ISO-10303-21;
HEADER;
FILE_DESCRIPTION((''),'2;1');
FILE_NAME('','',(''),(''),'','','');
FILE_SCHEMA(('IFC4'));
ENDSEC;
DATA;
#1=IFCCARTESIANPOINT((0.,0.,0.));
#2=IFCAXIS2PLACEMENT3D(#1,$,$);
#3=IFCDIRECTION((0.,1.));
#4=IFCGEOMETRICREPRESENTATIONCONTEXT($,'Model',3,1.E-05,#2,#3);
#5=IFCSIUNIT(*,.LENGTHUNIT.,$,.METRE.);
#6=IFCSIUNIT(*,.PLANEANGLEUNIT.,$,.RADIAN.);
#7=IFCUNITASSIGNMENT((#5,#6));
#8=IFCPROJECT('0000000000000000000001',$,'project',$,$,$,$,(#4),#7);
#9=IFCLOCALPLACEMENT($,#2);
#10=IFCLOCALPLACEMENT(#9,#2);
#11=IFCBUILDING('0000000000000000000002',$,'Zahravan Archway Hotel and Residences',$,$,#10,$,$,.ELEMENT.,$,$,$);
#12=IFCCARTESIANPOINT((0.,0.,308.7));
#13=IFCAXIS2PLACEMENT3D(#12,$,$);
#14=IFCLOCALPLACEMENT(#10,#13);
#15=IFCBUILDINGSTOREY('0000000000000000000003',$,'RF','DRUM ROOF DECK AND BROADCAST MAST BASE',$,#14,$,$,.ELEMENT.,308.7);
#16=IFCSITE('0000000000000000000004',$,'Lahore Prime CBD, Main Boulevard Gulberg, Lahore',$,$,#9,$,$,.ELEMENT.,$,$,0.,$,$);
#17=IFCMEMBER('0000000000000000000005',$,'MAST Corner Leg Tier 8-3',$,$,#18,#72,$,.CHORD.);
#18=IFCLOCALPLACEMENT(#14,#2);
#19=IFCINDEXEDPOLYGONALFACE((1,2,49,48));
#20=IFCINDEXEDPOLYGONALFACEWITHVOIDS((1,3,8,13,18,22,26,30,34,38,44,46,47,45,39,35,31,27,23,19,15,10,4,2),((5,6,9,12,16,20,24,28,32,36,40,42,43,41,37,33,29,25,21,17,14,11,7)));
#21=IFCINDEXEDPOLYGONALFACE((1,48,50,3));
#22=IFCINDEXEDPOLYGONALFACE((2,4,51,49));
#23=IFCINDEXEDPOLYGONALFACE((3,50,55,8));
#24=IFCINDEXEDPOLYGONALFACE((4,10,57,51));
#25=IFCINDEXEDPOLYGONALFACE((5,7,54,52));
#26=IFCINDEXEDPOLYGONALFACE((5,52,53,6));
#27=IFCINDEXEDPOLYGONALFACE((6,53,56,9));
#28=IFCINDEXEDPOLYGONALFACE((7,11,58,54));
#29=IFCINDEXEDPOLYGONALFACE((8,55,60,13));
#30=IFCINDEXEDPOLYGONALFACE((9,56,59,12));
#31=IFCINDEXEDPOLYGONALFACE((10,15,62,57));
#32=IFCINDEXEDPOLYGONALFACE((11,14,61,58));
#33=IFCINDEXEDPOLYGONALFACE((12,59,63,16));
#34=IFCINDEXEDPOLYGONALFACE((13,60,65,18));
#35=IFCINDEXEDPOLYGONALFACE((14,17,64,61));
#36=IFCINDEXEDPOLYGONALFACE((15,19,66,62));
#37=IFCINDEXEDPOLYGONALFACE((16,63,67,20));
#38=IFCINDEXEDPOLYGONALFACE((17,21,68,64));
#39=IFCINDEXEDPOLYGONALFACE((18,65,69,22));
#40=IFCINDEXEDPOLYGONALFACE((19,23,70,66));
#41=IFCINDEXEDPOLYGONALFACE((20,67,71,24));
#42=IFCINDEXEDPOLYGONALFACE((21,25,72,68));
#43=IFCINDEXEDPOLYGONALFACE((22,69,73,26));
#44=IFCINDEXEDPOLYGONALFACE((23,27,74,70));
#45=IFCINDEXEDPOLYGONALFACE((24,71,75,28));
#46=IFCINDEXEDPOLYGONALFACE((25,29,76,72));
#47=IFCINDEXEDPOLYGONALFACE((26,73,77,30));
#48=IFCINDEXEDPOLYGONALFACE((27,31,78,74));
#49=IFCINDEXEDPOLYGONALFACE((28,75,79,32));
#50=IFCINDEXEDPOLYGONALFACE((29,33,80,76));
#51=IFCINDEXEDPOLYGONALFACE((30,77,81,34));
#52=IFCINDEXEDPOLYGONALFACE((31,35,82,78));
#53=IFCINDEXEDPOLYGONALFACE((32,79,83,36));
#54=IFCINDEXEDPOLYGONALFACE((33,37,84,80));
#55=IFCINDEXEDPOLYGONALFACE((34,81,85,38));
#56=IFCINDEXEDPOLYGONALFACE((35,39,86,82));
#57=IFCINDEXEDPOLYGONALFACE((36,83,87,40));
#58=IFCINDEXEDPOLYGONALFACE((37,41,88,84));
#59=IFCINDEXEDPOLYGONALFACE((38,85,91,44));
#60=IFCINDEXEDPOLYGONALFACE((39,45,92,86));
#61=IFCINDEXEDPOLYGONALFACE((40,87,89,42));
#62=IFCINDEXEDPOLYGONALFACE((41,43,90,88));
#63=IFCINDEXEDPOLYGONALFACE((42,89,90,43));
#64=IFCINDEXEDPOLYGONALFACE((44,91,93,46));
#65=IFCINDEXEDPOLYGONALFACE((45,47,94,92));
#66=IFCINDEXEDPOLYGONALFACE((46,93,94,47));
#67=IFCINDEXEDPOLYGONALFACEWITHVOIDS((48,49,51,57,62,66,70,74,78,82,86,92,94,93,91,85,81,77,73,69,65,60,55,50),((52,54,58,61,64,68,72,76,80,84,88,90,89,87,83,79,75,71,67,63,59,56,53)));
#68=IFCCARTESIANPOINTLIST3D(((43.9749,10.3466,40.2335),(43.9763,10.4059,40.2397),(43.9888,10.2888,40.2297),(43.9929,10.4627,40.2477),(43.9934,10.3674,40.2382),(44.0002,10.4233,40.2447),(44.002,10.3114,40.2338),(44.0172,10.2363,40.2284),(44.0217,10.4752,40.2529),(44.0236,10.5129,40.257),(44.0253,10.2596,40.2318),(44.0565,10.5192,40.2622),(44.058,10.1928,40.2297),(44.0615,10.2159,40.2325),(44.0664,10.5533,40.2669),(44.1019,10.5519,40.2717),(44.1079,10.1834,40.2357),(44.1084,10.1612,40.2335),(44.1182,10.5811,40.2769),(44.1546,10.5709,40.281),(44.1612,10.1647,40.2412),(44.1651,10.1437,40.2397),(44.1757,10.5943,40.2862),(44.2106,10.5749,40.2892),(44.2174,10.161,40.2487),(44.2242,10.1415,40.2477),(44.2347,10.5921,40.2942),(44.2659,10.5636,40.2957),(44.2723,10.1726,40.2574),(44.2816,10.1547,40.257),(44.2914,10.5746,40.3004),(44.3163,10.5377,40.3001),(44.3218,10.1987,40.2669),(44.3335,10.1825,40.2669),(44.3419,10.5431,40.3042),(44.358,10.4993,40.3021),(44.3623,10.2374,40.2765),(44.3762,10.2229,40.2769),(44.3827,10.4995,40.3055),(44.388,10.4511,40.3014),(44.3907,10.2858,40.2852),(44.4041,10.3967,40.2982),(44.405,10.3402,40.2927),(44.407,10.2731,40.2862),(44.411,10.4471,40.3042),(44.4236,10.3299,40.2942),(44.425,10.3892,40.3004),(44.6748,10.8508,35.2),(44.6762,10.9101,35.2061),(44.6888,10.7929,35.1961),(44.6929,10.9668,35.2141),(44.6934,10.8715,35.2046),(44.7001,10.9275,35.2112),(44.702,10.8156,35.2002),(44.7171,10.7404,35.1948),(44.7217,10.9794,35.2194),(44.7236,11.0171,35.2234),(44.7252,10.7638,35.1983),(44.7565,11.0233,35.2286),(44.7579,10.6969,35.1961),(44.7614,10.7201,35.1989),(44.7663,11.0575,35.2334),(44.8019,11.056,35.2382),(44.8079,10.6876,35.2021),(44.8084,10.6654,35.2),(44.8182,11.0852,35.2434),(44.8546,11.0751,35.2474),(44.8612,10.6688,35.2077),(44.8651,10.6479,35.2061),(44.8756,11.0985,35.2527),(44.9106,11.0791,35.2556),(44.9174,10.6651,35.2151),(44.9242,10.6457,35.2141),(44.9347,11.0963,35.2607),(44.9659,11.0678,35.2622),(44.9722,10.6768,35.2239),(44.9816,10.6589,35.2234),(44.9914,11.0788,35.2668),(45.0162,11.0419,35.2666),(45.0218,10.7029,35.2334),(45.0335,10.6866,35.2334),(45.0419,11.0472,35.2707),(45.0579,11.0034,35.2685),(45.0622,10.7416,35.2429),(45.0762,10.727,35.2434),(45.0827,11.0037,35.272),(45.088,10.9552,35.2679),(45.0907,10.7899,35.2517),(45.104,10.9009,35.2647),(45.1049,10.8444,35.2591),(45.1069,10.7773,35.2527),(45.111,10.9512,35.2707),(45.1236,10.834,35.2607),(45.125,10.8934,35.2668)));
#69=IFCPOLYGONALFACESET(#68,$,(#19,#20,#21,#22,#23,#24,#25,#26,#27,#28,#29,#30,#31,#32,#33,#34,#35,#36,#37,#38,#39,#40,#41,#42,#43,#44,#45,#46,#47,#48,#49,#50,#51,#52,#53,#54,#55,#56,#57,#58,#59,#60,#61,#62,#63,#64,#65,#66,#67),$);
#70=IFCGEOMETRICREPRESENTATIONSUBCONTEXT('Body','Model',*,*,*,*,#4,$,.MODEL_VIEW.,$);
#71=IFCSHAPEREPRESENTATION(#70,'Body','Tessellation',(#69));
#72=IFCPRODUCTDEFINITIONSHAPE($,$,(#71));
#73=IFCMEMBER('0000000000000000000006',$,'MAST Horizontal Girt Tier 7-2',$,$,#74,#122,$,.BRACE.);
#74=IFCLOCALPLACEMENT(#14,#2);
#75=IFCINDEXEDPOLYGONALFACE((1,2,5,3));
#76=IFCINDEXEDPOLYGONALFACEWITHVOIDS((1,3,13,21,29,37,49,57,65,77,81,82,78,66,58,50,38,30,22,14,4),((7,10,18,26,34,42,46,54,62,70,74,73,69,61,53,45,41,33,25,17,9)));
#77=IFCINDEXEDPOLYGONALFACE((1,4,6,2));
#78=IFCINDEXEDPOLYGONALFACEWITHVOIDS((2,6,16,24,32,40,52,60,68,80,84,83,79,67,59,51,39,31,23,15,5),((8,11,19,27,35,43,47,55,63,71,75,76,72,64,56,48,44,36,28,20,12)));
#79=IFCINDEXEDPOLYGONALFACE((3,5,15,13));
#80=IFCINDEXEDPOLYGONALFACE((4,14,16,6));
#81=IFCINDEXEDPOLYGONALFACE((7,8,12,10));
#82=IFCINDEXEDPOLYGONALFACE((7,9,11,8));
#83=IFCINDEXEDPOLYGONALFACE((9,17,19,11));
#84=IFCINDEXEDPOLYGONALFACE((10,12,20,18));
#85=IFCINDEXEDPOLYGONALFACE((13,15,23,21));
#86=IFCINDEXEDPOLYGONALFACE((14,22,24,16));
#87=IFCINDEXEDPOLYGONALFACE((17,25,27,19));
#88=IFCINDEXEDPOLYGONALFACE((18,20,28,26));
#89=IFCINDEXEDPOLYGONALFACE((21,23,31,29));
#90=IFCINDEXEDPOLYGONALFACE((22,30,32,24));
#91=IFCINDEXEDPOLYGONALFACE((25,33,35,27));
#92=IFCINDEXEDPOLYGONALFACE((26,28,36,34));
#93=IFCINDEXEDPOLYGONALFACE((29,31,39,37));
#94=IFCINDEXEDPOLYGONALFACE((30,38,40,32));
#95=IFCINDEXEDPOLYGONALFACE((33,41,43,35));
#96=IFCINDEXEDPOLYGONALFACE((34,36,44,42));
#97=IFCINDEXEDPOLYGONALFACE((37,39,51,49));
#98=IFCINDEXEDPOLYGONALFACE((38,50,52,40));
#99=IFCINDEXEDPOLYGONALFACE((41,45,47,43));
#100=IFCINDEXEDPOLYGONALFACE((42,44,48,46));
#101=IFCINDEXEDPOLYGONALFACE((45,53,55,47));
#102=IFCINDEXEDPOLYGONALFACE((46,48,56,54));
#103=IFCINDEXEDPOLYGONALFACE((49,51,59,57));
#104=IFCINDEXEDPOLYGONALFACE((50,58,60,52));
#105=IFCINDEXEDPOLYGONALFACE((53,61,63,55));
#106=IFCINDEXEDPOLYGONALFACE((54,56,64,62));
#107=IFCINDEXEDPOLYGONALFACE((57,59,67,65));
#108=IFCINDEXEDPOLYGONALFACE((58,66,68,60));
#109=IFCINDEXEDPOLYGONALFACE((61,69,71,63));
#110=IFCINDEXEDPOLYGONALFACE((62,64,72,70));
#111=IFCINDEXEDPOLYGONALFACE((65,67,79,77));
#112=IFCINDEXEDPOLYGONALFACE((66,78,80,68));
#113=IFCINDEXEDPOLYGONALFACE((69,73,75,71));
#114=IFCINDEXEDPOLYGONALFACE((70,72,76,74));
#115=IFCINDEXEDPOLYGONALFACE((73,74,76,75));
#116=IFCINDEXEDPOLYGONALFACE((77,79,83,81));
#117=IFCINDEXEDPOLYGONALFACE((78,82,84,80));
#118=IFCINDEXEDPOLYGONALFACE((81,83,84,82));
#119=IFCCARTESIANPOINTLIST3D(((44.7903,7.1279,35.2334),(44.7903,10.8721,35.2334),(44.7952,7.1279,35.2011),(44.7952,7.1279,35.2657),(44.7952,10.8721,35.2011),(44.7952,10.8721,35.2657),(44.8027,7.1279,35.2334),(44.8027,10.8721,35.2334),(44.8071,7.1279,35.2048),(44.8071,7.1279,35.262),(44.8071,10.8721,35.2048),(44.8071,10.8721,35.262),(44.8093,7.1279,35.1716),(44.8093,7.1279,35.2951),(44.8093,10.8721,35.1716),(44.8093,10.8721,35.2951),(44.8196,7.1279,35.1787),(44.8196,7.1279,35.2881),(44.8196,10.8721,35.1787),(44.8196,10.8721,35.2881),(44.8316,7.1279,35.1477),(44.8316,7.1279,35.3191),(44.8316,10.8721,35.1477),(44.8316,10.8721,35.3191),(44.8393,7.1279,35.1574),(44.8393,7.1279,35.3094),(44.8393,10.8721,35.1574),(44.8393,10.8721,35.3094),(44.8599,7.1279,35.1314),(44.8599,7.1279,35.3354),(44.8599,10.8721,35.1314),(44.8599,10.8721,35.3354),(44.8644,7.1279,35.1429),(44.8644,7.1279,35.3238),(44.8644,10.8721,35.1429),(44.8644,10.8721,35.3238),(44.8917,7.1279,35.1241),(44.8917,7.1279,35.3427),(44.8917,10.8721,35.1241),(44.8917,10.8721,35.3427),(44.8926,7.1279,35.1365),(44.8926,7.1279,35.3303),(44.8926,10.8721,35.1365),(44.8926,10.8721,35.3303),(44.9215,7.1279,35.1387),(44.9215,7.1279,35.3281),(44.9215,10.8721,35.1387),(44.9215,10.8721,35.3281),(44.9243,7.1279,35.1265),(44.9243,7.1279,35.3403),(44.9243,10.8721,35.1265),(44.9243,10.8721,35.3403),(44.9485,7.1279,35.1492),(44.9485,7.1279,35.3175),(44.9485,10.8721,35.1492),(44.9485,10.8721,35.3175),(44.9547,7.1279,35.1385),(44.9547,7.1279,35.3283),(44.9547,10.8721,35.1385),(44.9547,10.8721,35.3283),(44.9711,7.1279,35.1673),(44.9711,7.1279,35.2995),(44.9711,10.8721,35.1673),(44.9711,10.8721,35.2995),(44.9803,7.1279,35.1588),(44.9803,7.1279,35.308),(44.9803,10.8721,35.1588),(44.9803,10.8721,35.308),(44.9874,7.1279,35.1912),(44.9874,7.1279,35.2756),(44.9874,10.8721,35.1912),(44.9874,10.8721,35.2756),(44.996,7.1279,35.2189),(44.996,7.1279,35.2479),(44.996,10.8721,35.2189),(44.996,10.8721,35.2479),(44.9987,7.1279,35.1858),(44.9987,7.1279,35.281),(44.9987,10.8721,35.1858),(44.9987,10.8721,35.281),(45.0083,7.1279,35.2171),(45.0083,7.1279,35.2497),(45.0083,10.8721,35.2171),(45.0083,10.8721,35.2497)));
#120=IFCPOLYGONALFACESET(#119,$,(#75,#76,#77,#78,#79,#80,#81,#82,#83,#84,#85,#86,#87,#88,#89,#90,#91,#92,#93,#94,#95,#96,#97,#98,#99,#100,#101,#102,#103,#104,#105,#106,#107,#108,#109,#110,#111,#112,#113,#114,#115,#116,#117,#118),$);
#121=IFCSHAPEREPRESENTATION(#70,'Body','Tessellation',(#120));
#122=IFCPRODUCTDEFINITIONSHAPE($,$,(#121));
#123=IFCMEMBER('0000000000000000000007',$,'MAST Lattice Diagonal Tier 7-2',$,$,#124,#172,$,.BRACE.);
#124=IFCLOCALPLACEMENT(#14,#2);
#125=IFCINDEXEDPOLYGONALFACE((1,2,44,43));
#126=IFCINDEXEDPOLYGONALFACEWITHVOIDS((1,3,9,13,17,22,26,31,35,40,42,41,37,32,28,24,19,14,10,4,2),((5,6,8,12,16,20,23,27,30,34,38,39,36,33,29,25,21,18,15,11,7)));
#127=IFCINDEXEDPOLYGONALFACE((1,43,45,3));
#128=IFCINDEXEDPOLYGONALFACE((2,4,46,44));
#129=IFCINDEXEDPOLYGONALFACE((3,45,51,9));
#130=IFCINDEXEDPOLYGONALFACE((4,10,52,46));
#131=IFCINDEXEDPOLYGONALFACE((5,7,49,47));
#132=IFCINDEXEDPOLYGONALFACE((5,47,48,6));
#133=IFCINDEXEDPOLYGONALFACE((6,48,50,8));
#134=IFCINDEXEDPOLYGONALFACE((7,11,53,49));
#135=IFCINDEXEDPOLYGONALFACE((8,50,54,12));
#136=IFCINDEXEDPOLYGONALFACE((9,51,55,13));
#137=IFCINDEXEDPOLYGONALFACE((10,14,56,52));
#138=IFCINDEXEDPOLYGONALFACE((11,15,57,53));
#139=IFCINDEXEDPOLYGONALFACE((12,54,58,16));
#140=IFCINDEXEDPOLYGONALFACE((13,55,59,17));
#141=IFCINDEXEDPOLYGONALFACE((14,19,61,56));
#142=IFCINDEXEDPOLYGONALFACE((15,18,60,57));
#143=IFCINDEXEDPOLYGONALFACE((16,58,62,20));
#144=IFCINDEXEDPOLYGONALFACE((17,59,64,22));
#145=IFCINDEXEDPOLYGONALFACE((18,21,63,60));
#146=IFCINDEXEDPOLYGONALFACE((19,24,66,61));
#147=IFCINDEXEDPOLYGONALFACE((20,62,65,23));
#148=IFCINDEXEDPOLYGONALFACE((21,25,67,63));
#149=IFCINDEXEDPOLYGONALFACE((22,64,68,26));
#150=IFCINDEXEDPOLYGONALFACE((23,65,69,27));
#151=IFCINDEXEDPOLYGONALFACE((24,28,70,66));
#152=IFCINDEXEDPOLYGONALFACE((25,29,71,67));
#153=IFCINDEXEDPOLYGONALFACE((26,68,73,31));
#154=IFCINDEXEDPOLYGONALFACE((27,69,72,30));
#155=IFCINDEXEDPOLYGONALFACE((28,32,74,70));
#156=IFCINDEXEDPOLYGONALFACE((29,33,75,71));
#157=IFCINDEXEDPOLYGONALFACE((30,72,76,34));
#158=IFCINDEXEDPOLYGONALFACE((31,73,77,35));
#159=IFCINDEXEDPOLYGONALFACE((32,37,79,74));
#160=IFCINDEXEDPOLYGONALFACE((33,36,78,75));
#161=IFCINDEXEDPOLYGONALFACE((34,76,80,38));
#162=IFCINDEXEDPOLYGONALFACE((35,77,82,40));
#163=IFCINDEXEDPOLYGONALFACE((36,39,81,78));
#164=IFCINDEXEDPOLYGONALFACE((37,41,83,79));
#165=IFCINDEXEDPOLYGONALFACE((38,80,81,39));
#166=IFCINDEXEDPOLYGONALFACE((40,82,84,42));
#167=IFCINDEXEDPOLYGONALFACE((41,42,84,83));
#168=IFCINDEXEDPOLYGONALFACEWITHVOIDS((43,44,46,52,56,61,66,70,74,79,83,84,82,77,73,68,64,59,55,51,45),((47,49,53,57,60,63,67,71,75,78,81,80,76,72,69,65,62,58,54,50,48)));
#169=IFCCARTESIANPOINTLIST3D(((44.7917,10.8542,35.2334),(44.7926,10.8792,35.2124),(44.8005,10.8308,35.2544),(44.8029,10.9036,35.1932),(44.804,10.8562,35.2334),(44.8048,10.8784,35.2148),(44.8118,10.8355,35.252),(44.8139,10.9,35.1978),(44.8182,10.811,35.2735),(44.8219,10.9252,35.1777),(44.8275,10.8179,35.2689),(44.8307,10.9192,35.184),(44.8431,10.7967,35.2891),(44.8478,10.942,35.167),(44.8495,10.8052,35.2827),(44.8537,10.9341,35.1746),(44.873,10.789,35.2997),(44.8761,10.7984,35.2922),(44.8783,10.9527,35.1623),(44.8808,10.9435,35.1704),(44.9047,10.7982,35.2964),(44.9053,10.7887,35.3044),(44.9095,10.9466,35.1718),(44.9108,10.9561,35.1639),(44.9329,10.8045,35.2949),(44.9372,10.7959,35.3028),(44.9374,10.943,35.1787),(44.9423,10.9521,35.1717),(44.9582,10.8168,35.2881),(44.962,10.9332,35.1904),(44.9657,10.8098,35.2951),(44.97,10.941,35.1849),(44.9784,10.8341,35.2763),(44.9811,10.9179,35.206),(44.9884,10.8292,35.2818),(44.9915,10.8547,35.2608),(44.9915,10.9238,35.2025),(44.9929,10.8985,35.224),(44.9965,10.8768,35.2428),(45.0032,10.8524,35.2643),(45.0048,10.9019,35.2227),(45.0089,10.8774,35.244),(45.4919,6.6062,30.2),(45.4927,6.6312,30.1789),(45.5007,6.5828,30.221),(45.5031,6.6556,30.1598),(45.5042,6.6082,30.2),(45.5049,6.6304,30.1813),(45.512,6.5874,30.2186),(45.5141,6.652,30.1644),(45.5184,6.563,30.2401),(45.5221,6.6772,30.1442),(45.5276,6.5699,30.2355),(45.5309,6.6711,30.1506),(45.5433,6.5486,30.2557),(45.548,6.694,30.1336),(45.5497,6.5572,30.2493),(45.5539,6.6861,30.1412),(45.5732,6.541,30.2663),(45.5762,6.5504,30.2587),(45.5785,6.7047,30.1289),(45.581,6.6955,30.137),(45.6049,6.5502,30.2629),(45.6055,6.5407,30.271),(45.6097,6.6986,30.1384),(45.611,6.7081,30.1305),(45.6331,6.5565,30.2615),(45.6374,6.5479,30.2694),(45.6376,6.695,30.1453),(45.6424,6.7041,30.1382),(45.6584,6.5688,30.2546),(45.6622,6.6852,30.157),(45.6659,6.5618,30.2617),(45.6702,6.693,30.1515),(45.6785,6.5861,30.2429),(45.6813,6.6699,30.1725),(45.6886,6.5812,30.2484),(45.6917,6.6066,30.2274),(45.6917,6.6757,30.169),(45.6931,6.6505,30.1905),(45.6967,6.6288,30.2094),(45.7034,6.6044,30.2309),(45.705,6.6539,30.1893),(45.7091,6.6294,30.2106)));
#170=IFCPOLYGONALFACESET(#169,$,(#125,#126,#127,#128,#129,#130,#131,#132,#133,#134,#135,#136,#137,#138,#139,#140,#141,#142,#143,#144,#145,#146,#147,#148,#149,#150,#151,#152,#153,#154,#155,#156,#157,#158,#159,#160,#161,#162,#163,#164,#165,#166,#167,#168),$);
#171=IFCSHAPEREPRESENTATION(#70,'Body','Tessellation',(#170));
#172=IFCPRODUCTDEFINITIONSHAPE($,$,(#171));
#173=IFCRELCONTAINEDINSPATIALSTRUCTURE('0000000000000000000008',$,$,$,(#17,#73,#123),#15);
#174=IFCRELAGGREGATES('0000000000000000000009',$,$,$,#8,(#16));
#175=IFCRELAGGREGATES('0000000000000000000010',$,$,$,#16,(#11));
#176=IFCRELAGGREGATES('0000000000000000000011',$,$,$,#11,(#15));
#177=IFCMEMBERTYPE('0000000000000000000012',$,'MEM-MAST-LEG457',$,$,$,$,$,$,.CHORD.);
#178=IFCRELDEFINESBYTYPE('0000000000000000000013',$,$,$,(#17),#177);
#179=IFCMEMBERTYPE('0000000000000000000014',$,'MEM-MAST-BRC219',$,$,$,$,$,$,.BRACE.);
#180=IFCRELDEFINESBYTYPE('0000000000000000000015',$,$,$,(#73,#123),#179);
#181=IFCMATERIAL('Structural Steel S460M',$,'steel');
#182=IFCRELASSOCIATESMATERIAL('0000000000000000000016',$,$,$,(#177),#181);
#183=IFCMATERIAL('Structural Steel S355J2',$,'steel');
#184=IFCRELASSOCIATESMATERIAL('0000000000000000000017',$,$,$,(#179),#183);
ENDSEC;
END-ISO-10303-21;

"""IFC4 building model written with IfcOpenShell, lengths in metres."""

from ifc_helpers import new_model, si_unit, direction, frame, origin, origin_2d, place, context, subcontext, project, spatial, hollow_circle, extrude, source, transform, mapped, material, material_profile, profile_set, type_object, element, save


model = new_model("IFC4")

# Units and contexts
model_context = context("Model", 3, precision=1e-05, world=origin(), true_north=direction((0.0, 1.0)))
body_context = subcontext(model_context, "Body", "Model", "MODEL_VIEW")
ifc_project = project(units=[si_unit("LENGTHUNIT", "METRE"), si_unit("PLANEANGLEUNIT", "RADIAN")], contexts=[model_context])

# Site, building, storey
site_placement = place(None, origin())
site = spatial("IfcSite", under=ifc_project, at=site_placement, Name="Lahore Prime CBD, Main Boulevard Gulberg, Lahore", CompositionType="ELEMENT", RefElevation=0.0)
building_placement = place(site_placement, origin())
building = spatial("IfcBuilding", under=site, at=building_placement, Name="Zahravan Archway Hotel and Residences", CompositionType="ELEMENT")
storey_placement = place(building_placement, frame((0.0, 0.0, 308.7)))
storey = spatial("IfcBuildingStorey", under=building, at=storey_placement, Name="RF", Description="DRUM ROOF DECK AND BROADCAST MAST BASE", CompositionType="ELEMENT", Elevation=308.7)

# Members
ifc_material_1 = material(Name="Structural Steel S460M", Category="steel")
ifc_material_profile_1 = material_profile(ifc_material_1, hollow_circle(Radius=0.2285, WallThickness=0.02, at=origin_2d()), Name="CHS 457x20", Category="steel")
ifc_profile_set_1 = profile_set([ifc_material_profile_1], Name="Structural Steel S460M")
member_type_1 = type_object("IfcMemberType", Name="MEM-MAST-LEG457", PredefinedType="CHORD", material=ifc_profile_set_1)
ifc_material_2 = material(Name="Structural Steel S355J2", Category="steel")
ifc_material_profile_2 = material_profile(ifc_material_2, hollow_circle(Radius=0.1096, WallThickness=0.0125, at=origin_2d()), Name="CHS 219.1x12.5", Category="steel")
ifc_profile_set_2 = profile_set([ifc_material_profile_2], Name="Structural Steel S355J2")
member_type_2 = type_object("IfcMemberType", Name="MEM-MAST-BRC219", PredefinedType="BRACE", material=ifc_profile_set_2)
shared_shape_1 = source(origin(), body_context, "Body", "SweptSolid", [
    extrude(hollow_circle(Radius=0.2285, WallThickness=0.02, at=origin_2d()), origin(), (0.0, 0.0, 1.0), 5.1069),
])
for number, where, z_axis, x_axis, name in (
    (1, (44.8999, 10.8721, 35.2334), (-0.137062, -0.098721, 0.985631), (0.584446, -0.811432, 0.0), "MAST Corner Leg Tier 8-3"),
):
    element("IfcMember", number, at=place(storey_placement, frame(where, z_axis=z_axis, x_axis=x_axis)), inside=storey, type_object=member_type_1, Name=name, PredefinedType="CHORD", context=body_context, shape_type="MappedRepresentation", body=[
        mapped(shared_shape_1, transform((0.0, 0.0, 0.0), scale=1.0)),
    ])
shared_shape_2 = source(origin(), body_context, "Body", "SweptSolid", [
    extrude(hollow_circle(Radius=0.1096, WallThickness=0.0125, at=origin_2d()), origin(), (0.0, 0.0, 1.0), 3.7441),
])
member_1_placement = place(storey_placement, frame((44.8999, 7.1279, 35.2334), z_axis=(0.0, 1.0, 0.0), x_axis=(-1.0, 0.0, 0.0)))
element("IfcMember", 2, at=member_1_placement, inside=storey, type_object=member_type_2, Name="MAST Horizontal Girt Tier 7-2", PredefinedType="BRACE", context=body_context, shape_type="MappedRepresentation", body=[
    mapped(shared_shape_2, transform((0.0, 0.0, 0.0), scale=1.0)),
])
shared_shape_3 = source(origin(), body_context, "Body", "SweptSolid", [
    extrude(hollow_circle(Radius=0.1096, WallThickness=0.0125, at=origin_2d()), origin(), (0.0, 0.0, 1.0), 6.6235),
])
member_2_placement = place(storey_placement, frame((45.6001, 6.624, 30.2), z_axis=(-0.105713, 0.641352, 0.759929), x_axis=(-0.986687, -0.162633, 0.0)))
element("IfcMember", 3, at=member_2_placement, inside=storey, type_object=member_type_2, Name="MAST Lattice Diagonal Tier 7-2", PredefinedType="BRACE", context=body_context, shape_type="MappedRepresentation", body=[
    mapped(shared_shape_3, transform((0.0, 0.0, 0.0), scale=1.0)),
])

save(model, "model.ifc")
